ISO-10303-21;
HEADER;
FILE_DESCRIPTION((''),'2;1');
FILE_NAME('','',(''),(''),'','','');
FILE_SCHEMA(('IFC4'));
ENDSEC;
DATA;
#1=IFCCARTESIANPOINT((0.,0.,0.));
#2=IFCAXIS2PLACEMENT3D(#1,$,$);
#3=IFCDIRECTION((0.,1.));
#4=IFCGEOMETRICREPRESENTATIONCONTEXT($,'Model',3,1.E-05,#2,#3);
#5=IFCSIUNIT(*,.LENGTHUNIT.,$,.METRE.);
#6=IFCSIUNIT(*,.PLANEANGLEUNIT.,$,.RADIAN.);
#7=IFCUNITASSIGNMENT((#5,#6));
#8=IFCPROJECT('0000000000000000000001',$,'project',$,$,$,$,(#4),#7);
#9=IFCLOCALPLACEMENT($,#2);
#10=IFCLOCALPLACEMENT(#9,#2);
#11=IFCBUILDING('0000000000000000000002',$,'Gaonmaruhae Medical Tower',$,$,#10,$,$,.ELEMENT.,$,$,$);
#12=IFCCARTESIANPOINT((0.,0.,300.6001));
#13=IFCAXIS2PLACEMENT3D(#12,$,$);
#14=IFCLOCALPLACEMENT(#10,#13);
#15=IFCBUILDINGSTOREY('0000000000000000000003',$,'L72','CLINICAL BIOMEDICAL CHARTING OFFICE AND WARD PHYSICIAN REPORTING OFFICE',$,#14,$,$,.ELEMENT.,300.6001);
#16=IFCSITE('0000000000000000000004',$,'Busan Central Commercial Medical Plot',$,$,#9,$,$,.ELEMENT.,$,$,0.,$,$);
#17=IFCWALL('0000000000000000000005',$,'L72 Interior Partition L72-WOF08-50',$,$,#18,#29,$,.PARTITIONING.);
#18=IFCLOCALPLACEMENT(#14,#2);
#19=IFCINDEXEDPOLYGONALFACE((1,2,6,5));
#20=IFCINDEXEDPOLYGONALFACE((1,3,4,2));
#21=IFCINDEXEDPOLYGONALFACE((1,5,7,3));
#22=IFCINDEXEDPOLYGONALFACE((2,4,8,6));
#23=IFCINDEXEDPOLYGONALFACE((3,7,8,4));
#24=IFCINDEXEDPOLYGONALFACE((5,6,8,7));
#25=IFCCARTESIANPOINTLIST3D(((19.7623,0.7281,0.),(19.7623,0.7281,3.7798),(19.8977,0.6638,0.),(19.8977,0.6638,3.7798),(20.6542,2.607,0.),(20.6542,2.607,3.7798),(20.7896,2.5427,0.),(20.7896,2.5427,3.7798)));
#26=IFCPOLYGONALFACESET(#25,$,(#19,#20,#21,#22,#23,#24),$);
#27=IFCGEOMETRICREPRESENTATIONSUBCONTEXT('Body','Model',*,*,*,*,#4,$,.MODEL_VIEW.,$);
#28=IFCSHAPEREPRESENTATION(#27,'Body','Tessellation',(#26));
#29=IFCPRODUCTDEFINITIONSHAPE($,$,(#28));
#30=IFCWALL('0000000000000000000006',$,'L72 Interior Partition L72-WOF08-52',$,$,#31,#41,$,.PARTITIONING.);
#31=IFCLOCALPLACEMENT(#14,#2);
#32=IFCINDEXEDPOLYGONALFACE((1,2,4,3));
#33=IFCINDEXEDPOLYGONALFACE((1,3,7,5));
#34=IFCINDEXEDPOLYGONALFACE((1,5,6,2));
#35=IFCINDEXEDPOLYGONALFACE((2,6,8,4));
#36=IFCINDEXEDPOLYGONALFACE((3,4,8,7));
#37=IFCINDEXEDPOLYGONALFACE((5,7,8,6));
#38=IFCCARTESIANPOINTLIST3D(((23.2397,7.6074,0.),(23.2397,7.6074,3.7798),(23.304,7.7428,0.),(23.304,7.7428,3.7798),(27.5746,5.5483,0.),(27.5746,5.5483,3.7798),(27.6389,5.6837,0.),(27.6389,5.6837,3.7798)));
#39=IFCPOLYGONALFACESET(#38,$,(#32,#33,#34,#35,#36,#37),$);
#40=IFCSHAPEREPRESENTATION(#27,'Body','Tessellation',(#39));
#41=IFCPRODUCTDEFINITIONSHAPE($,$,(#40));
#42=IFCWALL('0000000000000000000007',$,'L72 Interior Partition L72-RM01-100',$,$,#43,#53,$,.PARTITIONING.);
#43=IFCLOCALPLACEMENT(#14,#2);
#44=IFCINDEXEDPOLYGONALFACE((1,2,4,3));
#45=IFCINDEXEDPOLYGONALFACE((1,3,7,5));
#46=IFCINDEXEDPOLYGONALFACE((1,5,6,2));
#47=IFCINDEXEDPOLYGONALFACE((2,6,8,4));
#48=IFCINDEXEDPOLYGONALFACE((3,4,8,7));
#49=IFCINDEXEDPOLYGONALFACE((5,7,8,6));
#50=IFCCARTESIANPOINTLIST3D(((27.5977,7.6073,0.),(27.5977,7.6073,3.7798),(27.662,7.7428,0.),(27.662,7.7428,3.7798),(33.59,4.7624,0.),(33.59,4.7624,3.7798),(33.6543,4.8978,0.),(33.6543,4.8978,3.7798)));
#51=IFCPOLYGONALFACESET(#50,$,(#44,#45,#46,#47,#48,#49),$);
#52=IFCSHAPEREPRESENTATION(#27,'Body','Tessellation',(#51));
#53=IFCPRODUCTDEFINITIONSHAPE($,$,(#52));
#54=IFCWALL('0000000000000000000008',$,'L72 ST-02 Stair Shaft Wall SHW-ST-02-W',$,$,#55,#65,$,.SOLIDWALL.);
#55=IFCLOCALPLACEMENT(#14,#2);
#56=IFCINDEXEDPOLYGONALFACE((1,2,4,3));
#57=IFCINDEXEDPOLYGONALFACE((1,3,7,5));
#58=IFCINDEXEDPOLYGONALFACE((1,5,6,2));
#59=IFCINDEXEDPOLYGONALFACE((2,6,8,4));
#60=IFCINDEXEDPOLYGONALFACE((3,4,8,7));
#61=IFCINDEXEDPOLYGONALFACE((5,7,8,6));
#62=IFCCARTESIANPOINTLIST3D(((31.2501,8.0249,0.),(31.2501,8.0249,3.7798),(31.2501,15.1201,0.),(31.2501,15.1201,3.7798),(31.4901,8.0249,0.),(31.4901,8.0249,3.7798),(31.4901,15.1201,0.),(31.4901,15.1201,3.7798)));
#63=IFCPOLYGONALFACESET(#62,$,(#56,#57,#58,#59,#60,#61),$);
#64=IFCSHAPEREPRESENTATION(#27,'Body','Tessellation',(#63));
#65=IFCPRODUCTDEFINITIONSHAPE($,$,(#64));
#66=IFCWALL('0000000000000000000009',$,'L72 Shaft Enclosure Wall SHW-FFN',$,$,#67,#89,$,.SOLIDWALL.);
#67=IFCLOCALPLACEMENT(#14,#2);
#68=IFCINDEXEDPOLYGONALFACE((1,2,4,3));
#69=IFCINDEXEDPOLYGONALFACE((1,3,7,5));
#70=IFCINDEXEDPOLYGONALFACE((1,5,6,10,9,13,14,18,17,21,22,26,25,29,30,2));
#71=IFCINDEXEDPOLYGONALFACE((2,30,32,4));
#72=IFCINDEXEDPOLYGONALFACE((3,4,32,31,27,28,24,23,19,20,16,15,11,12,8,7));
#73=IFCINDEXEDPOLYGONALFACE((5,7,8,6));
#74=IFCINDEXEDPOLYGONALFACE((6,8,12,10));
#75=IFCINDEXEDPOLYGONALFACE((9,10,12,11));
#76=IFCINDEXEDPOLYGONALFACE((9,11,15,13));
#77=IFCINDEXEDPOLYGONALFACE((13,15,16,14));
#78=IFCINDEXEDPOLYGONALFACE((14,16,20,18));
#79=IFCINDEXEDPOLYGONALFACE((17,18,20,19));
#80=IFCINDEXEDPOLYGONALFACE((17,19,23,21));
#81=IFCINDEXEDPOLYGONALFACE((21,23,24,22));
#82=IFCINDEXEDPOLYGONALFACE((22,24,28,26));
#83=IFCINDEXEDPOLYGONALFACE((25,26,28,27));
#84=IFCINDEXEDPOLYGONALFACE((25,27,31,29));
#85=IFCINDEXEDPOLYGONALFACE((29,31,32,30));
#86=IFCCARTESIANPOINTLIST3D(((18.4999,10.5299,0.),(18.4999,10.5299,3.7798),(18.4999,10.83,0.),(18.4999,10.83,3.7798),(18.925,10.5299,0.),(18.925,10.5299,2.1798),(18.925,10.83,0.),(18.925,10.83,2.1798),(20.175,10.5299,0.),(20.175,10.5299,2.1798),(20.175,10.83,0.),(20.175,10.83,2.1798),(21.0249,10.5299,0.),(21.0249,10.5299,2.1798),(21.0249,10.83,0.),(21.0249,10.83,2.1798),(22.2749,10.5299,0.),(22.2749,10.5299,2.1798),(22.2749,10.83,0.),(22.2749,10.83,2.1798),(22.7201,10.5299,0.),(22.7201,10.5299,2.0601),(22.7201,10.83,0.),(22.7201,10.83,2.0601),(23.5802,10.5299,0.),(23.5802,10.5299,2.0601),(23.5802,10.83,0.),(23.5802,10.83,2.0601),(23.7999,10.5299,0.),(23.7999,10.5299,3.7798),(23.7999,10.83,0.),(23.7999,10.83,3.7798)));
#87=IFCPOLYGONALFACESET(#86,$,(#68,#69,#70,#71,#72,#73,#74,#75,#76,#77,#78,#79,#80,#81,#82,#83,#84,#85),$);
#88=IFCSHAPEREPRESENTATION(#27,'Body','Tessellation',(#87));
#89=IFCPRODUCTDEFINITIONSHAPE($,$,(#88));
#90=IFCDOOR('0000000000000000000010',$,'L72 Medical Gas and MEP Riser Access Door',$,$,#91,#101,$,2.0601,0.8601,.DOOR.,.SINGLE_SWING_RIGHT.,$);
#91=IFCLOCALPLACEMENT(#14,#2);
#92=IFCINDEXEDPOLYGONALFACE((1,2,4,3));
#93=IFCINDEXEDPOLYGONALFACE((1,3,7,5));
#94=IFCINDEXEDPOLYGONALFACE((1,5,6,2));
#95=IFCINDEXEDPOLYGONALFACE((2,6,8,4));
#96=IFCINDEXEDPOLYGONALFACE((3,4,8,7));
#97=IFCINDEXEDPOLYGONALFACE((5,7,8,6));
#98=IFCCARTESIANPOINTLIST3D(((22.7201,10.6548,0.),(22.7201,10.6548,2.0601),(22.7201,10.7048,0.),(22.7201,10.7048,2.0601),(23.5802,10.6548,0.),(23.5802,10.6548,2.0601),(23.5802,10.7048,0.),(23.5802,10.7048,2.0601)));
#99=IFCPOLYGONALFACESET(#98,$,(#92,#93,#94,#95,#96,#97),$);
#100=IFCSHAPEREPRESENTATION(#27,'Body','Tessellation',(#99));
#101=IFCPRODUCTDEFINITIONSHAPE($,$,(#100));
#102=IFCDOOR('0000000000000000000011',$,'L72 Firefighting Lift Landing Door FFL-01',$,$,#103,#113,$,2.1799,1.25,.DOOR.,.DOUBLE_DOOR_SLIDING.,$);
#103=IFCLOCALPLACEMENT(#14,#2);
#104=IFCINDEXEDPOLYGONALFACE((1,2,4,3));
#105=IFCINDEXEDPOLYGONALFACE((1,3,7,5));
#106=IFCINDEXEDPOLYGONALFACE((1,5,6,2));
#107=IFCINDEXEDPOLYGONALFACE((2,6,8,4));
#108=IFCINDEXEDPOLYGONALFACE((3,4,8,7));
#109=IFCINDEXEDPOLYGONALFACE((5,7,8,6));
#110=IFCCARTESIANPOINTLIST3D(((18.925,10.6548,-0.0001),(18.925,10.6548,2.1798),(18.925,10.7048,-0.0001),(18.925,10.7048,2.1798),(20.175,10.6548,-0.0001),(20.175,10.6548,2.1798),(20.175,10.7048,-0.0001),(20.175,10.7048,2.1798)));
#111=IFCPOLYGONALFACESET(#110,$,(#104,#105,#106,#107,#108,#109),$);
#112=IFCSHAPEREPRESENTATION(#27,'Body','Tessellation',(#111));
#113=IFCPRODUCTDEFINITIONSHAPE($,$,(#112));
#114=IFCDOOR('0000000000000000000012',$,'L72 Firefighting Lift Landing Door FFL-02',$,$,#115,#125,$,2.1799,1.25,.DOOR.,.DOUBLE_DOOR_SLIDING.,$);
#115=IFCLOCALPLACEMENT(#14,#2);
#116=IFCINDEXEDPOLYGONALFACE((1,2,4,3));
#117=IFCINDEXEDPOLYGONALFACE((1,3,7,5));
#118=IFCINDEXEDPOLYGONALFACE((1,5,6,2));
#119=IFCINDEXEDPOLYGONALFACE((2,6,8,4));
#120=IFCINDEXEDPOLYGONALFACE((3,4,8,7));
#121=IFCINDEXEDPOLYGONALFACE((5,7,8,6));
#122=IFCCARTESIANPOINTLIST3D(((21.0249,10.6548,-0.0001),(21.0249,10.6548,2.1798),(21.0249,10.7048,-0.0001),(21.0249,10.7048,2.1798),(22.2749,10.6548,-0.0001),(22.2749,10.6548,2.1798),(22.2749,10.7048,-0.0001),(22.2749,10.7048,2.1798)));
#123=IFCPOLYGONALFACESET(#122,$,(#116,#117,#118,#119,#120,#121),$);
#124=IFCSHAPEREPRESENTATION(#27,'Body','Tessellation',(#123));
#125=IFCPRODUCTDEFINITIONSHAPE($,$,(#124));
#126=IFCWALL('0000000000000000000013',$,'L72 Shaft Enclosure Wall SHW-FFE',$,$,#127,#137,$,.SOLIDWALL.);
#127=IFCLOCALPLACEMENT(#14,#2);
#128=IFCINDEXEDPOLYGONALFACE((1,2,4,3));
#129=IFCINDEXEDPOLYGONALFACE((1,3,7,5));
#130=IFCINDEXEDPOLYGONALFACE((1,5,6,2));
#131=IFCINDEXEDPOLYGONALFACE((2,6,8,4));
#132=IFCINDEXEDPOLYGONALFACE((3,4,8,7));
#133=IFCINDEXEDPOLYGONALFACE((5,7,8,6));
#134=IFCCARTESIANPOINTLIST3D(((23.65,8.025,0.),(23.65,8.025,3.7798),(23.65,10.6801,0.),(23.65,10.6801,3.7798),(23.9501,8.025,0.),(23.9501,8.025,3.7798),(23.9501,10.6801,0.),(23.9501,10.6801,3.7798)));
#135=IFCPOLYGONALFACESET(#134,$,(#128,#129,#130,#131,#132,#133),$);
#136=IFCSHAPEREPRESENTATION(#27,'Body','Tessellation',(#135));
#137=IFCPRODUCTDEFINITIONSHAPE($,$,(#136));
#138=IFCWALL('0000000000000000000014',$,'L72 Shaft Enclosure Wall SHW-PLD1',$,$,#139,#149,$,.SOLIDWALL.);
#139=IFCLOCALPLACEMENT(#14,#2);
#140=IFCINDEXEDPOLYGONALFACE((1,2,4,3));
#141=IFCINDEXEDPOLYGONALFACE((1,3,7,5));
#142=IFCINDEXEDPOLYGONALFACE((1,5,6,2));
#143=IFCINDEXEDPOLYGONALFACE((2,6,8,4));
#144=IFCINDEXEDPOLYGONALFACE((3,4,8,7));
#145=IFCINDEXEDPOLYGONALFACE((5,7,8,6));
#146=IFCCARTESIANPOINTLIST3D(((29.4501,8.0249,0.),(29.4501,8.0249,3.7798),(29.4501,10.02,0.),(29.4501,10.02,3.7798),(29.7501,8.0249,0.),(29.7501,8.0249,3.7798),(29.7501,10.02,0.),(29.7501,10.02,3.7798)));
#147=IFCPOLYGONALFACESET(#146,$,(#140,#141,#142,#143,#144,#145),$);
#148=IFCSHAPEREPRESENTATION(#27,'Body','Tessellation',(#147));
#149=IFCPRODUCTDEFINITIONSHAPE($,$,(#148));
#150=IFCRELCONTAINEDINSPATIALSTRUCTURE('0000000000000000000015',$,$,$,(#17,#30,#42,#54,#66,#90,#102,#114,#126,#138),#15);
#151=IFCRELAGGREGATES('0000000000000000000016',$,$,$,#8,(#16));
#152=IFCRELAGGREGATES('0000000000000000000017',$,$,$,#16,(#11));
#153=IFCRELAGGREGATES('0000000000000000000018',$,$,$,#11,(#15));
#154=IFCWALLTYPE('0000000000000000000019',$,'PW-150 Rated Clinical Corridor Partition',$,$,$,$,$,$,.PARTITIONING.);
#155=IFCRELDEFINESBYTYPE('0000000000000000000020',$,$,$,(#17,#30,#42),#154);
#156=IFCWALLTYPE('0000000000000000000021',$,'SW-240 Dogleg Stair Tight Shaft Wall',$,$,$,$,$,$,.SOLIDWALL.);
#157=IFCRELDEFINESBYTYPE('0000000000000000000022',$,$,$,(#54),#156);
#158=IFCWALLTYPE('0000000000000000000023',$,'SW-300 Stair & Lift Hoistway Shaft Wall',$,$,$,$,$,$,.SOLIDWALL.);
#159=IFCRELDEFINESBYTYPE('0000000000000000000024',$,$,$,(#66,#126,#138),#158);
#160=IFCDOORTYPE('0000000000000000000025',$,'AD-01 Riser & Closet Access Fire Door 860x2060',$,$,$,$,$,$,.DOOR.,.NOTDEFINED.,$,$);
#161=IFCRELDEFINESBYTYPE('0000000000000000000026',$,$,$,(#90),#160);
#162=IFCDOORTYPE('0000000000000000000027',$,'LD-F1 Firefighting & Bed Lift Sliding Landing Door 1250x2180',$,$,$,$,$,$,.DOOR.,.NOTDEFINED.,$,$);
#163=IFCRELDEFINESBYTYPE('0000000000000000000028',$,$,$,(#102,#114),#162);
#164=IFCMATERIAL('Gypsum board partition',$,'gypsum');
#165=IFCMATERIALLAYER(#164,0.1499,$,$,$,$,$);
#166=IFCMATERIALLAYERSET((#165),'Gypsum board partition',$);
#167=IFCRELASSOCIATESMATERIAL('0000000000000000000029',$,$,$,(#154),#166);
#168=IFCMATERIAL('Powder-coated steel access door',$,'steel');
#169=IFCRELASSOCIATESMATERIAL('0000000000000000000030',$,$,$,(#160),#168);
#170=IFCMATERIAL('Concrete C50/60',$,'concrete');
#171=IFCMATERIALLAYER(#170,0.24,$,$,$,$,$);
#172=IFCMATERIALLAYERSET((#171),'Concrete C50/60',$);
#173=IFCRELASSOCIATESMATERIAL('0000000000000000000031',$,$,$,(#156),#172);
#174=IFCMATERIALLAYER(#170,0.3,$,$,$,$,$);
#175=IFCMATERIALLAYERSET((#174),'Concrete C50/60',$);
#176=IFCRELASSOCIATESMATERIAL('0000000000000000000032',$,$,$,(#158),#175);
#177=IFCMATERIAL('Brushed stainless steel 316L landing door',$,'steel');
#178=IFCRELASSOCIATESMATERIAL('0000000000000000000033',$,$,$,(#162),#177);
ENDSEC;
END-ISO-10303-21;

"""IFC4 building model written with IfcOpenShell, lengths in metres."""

from ifc_helpers import new_model, si_unit, direction, frame, frame_2d, origin, place, context, subcontext, project, spatial, rectangle, extrude, material, layer, layer_set, type_object, element, fill, save


model = new_model("IFC4")

# Units and contexts
model_context = context("Model", 3, precision=1e-05, world=origin(), true_north=direction((0.0, 1.0)))
body_context = subcontext(model_context, "Body", "Model", "MODEL_VIEW")
ifc_project = project(units=[si_unit("LENGTHUNIT", "METRE"), si_unit("PLANEANGLEUNIT", "RADIAN")], contexts=[model_context])

# Site, building, storey
site_placement = place(None, origin())
site = spatial("IfcSite", under=ifc_project, at=site_placement, Name="Busan Central Commercial Medical Plot", CompositionType="ELEMENT", RefElevation=0.0)
building_placement = place(site_placement, origin())
building = spatial("IfcBuilding", under=site, at=building_placement, Name="Gaonmaruhae Medical Tower", CompositionType="ELEMENT")
storey_placement = place(building_placement, frame((0.0, 0.0, 300.6001)))
storey = spatial("IfcBuildingStorey", under=building, at=storey_placement, Name="L72", Description="CLINICAL BIOMEDICAL CHARTING OFFICE AND WARD PHYSICIAN REPORTING OFFICE", CompositionType="ELEMENT", Elevation=300.6001)

# Shared definitions
ifc_material_1 = material(Name="Concrete C50/60", Category="concrete")

# Shared definitions
ifc_material_2 = material(Name="Gypsum board partition", Category="gypsum")
ifc_layer_1 = layer(ifc_material_2, 0.1499)
ifc_layer_set_1 = layer_set([ifc_layer_1], Name="Gypsum board partition")
wall_type_1 = type_object("IfcWallType", Name="PW-150 Rated Clinical Corridor Partition", PredefinedType="PARTITIONING", material=ifc_layer_set_1)

# Shared definitions
ifc_material_3 = material(Name="Powder-coated steel access door", Category="steel")
door_type_1 = type_object("IfcDoorType", Name="AD-01 Riser & Closet Access Fire Door 860x2060", OperationType="NOTDEFINED", PredefinedType="DOOR", material=ifc_material_3)

# Walls
wall_1_placement = place(storey_placement, frame((20.7219, 2.575, 0.0), z_axis=(0.0, 0.0, 1.0), x_axis=(-0.428808, -0.903396, 0.0)))
element("IfcWall", 1, at=wall_1_placement, inside=storey, type_object=wall_type_1, Name="L72 Interior Partition L72-WOF08-50", PredefinedType="PARTITIONING", context=body_context, shape_type="SweptSolid", body=[
    extrude(rectangle(XDim=2.0798, YDim=0.1499, at=frame_2d((1.04, 0.0))), origin(), (0.0, 0.0, 1.0), 3.7798),
])
wall_2_placement = place(storey_placement, frame((23.272, 7.675, 0.0), z_axis=(0.0, 0.0, 1.0), x_axis=(0.903279, -0.429053, 0.0)))
element("IfcWall", 2, at=wall_2_placement, inside=storey, type_object=wall_type_1, Name="L72 Interior Partition L72-WOF08-52", PredefinedType="PARTITIONING", context=body_context, shape_type="SweptSolid", body=[
    extrude(rectangle(XDim=4.7991, YDim=0.1499, at=frame_2d((2.3994, 0.0))), origin(), (0.0, 0.0, 1.0), 3.7798),
])
wall_3_placement = place(storey_placement, frame((27.6299, 7.675, 0.0), z_axis=(0.0, 0.0, 1.0), x_axis=(0.903355, -0.428895, 0.0)))
element("IfcWall", 3, at=wall_3_placement, inside=storey, type_object=wall_type_1, Name="L72 Interior Partition L72-RM01-100", PredefinedType="PARTITIONING", context=body_context, shape_type="SweptSolid", body=[
    extrude(rectangle(XDim=6.6333, YDim=0.1499, at=frame_2d((3.3167, 0.0))), origin(), (0.0, 0.0, 1.0), 3.7798),
])
ifc_layer_2 = layer(ifc_material_1, 0.24)
ifc_layer_set_2 = layer_set([ifc_layer_2], Name="Concrete C50/60")
wall_type_2 = type_object("IfcWallType", Name="SW-240 Dogleg Stair Tight Shaft Wall", PredefinedType="SOLIDWALL", material=ifc_layer_set_2)
wall_4_placement = place(storey_placement, frame((31.3701, 8.0249, 0.0), z_axis=(0.0, 0.0, 1.0), x_axis=(0.0, 1.0, 0.0)))
element("IfcWall", 4, at=wall_4_placement, inside=storey, type_object=wall_type_2, Name="L72 ST-02 Stair Shaft Wall SHW-ST-02-W", PredefinedType="SOLIDWALL", context=body_context, shape_type="SweptSolid", body=[
    extrude(rectangle(XDim=7.0952, YDim=0.24, at=frame_2d((3.5476, 0.0))), origin(), (0.0, 0.0, 1.0), 3.7798),
])

# Wall, openings, doors
ifc_layer_3 = layer(ifc_material_1, 0.3)
ifc_layer_set_3 = layer_set([ifc_layer_3], Name="Concrete C50/60")
wall_type_3 = type_object("IfcWallType", Name="SW-300 Stair & Lift Hoistway Shaft Wall", PredefinedType="SOLIDWALL", material=ifc_layer_set_3)
wall_5_placement = place(storey_placement, frame((18.5, 10.6799, 0.0), z_axis=(0.0, 0.0, 1.0), x_axis=(1.0, 0.0, 0.0)))
wall_5 = element("IfcWall", 5, at=wall_5_placement, inside=storey, type_object=wall_type_3, Name="L72 Shaft Enclosure Wall SHW-FFN", PredefinedType="SOLIDWALL", context=body_context, shape_type="SweptSolid", body=[
    extrude(rectangle(XDim=5.3, YDim=0.3, at=frame_2d((2.6499, 0.0))), origin(), (0.0, 0.0, 1.0), 3.7798),
])
opening_1_placement = place(wall_5_placement, frame((4.22, 0.0, 0.0)))
opening_1 = element("IfcOpeningElement", 6, at=opening_1_placement, cuts=wall_5, PredefinedType="OPENING", context=body_context, shape_type="SweptSolid", body=[
    extrude(rectangle(XDim=0.8601, YDim=2.0601, at=frame_2d((0.4302, 1.03))), frame((0.0, 0.1602, 0.0), z_axis=(0.0, -1.0, 0.0), x_axis=(1.0, 0.0, 0.0)), (0.0, 0.0, 1.0), 0.3201),
])
opening_2_placement = place(wall_5_placement, frame((0.425, 0.0, 0.0)))
opening_2 = element("IfcOpeningElement", 7, at=opening_2_placement, cuts=wall_5, PredefinedType="OPENING", context=body_context, shape_type="SweptSolid", body=[
    extrude(rectangle(XDim=1.25, YDim=2.1799, at=frame_2d((0.625, 1.0898))), frame((0.0, 0.1602, 0.0), z_axis=(0.0, -1.0, 0.0), x_axis=(1.0, 0.0, 0.0)), (0.0, 0.0, 1.0), 0.3201),
])
opening_3_placement = place(wall_5_placement, frame((2.5249, 0.0, 0.0)))
opening_3 = element("IfcOpeningElement", 8, at=opening_3_placement, cuts=wall_5, PredefinedType="OPENING", context=body_context, shape_type="SweptSolid", body=[
    extrude(rectangle(XDim=1.25, YDim=2.1799, at=frame_2d((0.625, 1.0898))), frame((0.0, 0.1602, 0.0), z_axis=(0.0, -1.0, 0.0), x_axis=(1.0, 0.0, 0.0)), (0.0, 0.0, 1.0), 0.3201),
])
door_1_placement = place(opening_1_placement, origin())
door_1 = element("IfcDoor", 9, at=door_1_placement, inside=storey, type_object=door_type_1, Name="L72 Medical Gas and MEP Riser Access Door", OperationType="SINGLE_SWING_RIGHT", OverallHeight=2.0601, OverallWidth=0.8601, PredefinedType="DOOR", context=body_context, shape_type="SweptSolid", body=[
    extrude(rectangle(XDim=0.8601, YDim=2.0601, at=frame_2d((0.4302, 1.03))), frame((0.0, 0.0249, 0.0), z_axis=(0.0, -1.0, 0.0), x_axis=(1.0, 0.0, 0.0)), (0.0, 0.0, 1.0), 0.05),
])
fill(opening_1, door_1)
ifc_material_4 = material(Name="Brushed stainless steel 316L landing door", Category="steel")
door_type_2 = type_object("IfcDoorType", Name="LD-F1 Firefighting & Bed Lift Sliding Landing Door 1250x2180", OperationType="NOTDEFINED", PredefinedType="DOOR", material=ifc_material_4)
door_2_placement = place(opening_2_placement, origin())
door_2 = element("IfcDoor", 10, at=door_2_placement, inside=storey, type_object=door_type_2, Name="L72 Firefighting Lift Landing Door FFL-01", OperationType="DOUBLE_DOOR_SLIDING", OverallHeight=2.1799, OverallWidth=1.25, PredefinedType="DOOR", context=body_context, shape_type="SweptSolid", body=[
    extrude(rectangle(XDim=1.25, YDim=2.1799, at=frame_2d((0.625, 1.0898))), frame((0.0, 0.0249, 0.0), z_axis=(0.0, -1.0, 0.0), x_axis=(1.0, 0.0, 0.0)), (0.0, 0.0, 1.0), 0.05),
])
fill(opening_2, door_2)
door_3_placement = place(opening_3_placement, origin())
door_3 = element("IfcDoor", 11, at=door_3_placement, inside=storey, type_object=door_type_2, Name="L72 Firefighting Lift Landing Door FFL-02", OperationType="DOUBLE_DOOR_SLIDING", OverallHeight=2.1799, OverallWidth=1.25, PredefinedType="DOOR", context=body_context, shape_type="SweptSolid", body=[
    extrude(rectangle(XDim=1.25, YDim=2.1799, at=frame_2d((0.625, 1.0898))), frame((0.0, 0.0249, 0.0), z_axis=(0.0, -1.0, 0.0), x_axis=(1.0, 0.0, 0.0)), (0.0, 0.0, 1.0), 0.05),
])
fill(opening_3, door_3)

# Wall
wall_6_placement = place(storey_placement, frame((23.8, 8.0249, 0.0), z_axis=(0.0, 0.0, 1.0), x_axis=(0.0, 1.0, 0.0)))
element("IfcWall", 12, at=wall_6_placement, inside=storey, type_object=wall_type_3, Name="L72 Shaft Enclosure Wall SHW-FFE", PredefinedType="SOLIDWALL", context=body_context, shape_type="SweptSolid", body=[
    extrude(rectangle(XDim=2.655, YDim=0.3, at=frame_2d((1.3276, 0.0))), origin(), (0.0, 0.0, 1.0), 3.7798),
])

# Wall
wall_7_placement = place(storey_placement, frame((29.6001, 8.0249, 0.0), z_axis=(0.0, 0.0, 1.0), x_axis=(0.0, 1.0, 0.0)))
element("IfcWall", 13, at=wall_7_placement, inside=storey, type_object=wall_type_3, Name="L72 Shaft Enclosure Wall SHW-PLD1", PredefinedType="SOLIDWALL", context=body_context, shape_type="SweptSolid", body=[
    extrude(rectangle(XDim=1.9951, YDim=0.3, at=frame_2d((0.9976, 0.0))), origin(), (0.0, 0.0, 1.0), 3.7798),
])

save(model, "model.ifc")
